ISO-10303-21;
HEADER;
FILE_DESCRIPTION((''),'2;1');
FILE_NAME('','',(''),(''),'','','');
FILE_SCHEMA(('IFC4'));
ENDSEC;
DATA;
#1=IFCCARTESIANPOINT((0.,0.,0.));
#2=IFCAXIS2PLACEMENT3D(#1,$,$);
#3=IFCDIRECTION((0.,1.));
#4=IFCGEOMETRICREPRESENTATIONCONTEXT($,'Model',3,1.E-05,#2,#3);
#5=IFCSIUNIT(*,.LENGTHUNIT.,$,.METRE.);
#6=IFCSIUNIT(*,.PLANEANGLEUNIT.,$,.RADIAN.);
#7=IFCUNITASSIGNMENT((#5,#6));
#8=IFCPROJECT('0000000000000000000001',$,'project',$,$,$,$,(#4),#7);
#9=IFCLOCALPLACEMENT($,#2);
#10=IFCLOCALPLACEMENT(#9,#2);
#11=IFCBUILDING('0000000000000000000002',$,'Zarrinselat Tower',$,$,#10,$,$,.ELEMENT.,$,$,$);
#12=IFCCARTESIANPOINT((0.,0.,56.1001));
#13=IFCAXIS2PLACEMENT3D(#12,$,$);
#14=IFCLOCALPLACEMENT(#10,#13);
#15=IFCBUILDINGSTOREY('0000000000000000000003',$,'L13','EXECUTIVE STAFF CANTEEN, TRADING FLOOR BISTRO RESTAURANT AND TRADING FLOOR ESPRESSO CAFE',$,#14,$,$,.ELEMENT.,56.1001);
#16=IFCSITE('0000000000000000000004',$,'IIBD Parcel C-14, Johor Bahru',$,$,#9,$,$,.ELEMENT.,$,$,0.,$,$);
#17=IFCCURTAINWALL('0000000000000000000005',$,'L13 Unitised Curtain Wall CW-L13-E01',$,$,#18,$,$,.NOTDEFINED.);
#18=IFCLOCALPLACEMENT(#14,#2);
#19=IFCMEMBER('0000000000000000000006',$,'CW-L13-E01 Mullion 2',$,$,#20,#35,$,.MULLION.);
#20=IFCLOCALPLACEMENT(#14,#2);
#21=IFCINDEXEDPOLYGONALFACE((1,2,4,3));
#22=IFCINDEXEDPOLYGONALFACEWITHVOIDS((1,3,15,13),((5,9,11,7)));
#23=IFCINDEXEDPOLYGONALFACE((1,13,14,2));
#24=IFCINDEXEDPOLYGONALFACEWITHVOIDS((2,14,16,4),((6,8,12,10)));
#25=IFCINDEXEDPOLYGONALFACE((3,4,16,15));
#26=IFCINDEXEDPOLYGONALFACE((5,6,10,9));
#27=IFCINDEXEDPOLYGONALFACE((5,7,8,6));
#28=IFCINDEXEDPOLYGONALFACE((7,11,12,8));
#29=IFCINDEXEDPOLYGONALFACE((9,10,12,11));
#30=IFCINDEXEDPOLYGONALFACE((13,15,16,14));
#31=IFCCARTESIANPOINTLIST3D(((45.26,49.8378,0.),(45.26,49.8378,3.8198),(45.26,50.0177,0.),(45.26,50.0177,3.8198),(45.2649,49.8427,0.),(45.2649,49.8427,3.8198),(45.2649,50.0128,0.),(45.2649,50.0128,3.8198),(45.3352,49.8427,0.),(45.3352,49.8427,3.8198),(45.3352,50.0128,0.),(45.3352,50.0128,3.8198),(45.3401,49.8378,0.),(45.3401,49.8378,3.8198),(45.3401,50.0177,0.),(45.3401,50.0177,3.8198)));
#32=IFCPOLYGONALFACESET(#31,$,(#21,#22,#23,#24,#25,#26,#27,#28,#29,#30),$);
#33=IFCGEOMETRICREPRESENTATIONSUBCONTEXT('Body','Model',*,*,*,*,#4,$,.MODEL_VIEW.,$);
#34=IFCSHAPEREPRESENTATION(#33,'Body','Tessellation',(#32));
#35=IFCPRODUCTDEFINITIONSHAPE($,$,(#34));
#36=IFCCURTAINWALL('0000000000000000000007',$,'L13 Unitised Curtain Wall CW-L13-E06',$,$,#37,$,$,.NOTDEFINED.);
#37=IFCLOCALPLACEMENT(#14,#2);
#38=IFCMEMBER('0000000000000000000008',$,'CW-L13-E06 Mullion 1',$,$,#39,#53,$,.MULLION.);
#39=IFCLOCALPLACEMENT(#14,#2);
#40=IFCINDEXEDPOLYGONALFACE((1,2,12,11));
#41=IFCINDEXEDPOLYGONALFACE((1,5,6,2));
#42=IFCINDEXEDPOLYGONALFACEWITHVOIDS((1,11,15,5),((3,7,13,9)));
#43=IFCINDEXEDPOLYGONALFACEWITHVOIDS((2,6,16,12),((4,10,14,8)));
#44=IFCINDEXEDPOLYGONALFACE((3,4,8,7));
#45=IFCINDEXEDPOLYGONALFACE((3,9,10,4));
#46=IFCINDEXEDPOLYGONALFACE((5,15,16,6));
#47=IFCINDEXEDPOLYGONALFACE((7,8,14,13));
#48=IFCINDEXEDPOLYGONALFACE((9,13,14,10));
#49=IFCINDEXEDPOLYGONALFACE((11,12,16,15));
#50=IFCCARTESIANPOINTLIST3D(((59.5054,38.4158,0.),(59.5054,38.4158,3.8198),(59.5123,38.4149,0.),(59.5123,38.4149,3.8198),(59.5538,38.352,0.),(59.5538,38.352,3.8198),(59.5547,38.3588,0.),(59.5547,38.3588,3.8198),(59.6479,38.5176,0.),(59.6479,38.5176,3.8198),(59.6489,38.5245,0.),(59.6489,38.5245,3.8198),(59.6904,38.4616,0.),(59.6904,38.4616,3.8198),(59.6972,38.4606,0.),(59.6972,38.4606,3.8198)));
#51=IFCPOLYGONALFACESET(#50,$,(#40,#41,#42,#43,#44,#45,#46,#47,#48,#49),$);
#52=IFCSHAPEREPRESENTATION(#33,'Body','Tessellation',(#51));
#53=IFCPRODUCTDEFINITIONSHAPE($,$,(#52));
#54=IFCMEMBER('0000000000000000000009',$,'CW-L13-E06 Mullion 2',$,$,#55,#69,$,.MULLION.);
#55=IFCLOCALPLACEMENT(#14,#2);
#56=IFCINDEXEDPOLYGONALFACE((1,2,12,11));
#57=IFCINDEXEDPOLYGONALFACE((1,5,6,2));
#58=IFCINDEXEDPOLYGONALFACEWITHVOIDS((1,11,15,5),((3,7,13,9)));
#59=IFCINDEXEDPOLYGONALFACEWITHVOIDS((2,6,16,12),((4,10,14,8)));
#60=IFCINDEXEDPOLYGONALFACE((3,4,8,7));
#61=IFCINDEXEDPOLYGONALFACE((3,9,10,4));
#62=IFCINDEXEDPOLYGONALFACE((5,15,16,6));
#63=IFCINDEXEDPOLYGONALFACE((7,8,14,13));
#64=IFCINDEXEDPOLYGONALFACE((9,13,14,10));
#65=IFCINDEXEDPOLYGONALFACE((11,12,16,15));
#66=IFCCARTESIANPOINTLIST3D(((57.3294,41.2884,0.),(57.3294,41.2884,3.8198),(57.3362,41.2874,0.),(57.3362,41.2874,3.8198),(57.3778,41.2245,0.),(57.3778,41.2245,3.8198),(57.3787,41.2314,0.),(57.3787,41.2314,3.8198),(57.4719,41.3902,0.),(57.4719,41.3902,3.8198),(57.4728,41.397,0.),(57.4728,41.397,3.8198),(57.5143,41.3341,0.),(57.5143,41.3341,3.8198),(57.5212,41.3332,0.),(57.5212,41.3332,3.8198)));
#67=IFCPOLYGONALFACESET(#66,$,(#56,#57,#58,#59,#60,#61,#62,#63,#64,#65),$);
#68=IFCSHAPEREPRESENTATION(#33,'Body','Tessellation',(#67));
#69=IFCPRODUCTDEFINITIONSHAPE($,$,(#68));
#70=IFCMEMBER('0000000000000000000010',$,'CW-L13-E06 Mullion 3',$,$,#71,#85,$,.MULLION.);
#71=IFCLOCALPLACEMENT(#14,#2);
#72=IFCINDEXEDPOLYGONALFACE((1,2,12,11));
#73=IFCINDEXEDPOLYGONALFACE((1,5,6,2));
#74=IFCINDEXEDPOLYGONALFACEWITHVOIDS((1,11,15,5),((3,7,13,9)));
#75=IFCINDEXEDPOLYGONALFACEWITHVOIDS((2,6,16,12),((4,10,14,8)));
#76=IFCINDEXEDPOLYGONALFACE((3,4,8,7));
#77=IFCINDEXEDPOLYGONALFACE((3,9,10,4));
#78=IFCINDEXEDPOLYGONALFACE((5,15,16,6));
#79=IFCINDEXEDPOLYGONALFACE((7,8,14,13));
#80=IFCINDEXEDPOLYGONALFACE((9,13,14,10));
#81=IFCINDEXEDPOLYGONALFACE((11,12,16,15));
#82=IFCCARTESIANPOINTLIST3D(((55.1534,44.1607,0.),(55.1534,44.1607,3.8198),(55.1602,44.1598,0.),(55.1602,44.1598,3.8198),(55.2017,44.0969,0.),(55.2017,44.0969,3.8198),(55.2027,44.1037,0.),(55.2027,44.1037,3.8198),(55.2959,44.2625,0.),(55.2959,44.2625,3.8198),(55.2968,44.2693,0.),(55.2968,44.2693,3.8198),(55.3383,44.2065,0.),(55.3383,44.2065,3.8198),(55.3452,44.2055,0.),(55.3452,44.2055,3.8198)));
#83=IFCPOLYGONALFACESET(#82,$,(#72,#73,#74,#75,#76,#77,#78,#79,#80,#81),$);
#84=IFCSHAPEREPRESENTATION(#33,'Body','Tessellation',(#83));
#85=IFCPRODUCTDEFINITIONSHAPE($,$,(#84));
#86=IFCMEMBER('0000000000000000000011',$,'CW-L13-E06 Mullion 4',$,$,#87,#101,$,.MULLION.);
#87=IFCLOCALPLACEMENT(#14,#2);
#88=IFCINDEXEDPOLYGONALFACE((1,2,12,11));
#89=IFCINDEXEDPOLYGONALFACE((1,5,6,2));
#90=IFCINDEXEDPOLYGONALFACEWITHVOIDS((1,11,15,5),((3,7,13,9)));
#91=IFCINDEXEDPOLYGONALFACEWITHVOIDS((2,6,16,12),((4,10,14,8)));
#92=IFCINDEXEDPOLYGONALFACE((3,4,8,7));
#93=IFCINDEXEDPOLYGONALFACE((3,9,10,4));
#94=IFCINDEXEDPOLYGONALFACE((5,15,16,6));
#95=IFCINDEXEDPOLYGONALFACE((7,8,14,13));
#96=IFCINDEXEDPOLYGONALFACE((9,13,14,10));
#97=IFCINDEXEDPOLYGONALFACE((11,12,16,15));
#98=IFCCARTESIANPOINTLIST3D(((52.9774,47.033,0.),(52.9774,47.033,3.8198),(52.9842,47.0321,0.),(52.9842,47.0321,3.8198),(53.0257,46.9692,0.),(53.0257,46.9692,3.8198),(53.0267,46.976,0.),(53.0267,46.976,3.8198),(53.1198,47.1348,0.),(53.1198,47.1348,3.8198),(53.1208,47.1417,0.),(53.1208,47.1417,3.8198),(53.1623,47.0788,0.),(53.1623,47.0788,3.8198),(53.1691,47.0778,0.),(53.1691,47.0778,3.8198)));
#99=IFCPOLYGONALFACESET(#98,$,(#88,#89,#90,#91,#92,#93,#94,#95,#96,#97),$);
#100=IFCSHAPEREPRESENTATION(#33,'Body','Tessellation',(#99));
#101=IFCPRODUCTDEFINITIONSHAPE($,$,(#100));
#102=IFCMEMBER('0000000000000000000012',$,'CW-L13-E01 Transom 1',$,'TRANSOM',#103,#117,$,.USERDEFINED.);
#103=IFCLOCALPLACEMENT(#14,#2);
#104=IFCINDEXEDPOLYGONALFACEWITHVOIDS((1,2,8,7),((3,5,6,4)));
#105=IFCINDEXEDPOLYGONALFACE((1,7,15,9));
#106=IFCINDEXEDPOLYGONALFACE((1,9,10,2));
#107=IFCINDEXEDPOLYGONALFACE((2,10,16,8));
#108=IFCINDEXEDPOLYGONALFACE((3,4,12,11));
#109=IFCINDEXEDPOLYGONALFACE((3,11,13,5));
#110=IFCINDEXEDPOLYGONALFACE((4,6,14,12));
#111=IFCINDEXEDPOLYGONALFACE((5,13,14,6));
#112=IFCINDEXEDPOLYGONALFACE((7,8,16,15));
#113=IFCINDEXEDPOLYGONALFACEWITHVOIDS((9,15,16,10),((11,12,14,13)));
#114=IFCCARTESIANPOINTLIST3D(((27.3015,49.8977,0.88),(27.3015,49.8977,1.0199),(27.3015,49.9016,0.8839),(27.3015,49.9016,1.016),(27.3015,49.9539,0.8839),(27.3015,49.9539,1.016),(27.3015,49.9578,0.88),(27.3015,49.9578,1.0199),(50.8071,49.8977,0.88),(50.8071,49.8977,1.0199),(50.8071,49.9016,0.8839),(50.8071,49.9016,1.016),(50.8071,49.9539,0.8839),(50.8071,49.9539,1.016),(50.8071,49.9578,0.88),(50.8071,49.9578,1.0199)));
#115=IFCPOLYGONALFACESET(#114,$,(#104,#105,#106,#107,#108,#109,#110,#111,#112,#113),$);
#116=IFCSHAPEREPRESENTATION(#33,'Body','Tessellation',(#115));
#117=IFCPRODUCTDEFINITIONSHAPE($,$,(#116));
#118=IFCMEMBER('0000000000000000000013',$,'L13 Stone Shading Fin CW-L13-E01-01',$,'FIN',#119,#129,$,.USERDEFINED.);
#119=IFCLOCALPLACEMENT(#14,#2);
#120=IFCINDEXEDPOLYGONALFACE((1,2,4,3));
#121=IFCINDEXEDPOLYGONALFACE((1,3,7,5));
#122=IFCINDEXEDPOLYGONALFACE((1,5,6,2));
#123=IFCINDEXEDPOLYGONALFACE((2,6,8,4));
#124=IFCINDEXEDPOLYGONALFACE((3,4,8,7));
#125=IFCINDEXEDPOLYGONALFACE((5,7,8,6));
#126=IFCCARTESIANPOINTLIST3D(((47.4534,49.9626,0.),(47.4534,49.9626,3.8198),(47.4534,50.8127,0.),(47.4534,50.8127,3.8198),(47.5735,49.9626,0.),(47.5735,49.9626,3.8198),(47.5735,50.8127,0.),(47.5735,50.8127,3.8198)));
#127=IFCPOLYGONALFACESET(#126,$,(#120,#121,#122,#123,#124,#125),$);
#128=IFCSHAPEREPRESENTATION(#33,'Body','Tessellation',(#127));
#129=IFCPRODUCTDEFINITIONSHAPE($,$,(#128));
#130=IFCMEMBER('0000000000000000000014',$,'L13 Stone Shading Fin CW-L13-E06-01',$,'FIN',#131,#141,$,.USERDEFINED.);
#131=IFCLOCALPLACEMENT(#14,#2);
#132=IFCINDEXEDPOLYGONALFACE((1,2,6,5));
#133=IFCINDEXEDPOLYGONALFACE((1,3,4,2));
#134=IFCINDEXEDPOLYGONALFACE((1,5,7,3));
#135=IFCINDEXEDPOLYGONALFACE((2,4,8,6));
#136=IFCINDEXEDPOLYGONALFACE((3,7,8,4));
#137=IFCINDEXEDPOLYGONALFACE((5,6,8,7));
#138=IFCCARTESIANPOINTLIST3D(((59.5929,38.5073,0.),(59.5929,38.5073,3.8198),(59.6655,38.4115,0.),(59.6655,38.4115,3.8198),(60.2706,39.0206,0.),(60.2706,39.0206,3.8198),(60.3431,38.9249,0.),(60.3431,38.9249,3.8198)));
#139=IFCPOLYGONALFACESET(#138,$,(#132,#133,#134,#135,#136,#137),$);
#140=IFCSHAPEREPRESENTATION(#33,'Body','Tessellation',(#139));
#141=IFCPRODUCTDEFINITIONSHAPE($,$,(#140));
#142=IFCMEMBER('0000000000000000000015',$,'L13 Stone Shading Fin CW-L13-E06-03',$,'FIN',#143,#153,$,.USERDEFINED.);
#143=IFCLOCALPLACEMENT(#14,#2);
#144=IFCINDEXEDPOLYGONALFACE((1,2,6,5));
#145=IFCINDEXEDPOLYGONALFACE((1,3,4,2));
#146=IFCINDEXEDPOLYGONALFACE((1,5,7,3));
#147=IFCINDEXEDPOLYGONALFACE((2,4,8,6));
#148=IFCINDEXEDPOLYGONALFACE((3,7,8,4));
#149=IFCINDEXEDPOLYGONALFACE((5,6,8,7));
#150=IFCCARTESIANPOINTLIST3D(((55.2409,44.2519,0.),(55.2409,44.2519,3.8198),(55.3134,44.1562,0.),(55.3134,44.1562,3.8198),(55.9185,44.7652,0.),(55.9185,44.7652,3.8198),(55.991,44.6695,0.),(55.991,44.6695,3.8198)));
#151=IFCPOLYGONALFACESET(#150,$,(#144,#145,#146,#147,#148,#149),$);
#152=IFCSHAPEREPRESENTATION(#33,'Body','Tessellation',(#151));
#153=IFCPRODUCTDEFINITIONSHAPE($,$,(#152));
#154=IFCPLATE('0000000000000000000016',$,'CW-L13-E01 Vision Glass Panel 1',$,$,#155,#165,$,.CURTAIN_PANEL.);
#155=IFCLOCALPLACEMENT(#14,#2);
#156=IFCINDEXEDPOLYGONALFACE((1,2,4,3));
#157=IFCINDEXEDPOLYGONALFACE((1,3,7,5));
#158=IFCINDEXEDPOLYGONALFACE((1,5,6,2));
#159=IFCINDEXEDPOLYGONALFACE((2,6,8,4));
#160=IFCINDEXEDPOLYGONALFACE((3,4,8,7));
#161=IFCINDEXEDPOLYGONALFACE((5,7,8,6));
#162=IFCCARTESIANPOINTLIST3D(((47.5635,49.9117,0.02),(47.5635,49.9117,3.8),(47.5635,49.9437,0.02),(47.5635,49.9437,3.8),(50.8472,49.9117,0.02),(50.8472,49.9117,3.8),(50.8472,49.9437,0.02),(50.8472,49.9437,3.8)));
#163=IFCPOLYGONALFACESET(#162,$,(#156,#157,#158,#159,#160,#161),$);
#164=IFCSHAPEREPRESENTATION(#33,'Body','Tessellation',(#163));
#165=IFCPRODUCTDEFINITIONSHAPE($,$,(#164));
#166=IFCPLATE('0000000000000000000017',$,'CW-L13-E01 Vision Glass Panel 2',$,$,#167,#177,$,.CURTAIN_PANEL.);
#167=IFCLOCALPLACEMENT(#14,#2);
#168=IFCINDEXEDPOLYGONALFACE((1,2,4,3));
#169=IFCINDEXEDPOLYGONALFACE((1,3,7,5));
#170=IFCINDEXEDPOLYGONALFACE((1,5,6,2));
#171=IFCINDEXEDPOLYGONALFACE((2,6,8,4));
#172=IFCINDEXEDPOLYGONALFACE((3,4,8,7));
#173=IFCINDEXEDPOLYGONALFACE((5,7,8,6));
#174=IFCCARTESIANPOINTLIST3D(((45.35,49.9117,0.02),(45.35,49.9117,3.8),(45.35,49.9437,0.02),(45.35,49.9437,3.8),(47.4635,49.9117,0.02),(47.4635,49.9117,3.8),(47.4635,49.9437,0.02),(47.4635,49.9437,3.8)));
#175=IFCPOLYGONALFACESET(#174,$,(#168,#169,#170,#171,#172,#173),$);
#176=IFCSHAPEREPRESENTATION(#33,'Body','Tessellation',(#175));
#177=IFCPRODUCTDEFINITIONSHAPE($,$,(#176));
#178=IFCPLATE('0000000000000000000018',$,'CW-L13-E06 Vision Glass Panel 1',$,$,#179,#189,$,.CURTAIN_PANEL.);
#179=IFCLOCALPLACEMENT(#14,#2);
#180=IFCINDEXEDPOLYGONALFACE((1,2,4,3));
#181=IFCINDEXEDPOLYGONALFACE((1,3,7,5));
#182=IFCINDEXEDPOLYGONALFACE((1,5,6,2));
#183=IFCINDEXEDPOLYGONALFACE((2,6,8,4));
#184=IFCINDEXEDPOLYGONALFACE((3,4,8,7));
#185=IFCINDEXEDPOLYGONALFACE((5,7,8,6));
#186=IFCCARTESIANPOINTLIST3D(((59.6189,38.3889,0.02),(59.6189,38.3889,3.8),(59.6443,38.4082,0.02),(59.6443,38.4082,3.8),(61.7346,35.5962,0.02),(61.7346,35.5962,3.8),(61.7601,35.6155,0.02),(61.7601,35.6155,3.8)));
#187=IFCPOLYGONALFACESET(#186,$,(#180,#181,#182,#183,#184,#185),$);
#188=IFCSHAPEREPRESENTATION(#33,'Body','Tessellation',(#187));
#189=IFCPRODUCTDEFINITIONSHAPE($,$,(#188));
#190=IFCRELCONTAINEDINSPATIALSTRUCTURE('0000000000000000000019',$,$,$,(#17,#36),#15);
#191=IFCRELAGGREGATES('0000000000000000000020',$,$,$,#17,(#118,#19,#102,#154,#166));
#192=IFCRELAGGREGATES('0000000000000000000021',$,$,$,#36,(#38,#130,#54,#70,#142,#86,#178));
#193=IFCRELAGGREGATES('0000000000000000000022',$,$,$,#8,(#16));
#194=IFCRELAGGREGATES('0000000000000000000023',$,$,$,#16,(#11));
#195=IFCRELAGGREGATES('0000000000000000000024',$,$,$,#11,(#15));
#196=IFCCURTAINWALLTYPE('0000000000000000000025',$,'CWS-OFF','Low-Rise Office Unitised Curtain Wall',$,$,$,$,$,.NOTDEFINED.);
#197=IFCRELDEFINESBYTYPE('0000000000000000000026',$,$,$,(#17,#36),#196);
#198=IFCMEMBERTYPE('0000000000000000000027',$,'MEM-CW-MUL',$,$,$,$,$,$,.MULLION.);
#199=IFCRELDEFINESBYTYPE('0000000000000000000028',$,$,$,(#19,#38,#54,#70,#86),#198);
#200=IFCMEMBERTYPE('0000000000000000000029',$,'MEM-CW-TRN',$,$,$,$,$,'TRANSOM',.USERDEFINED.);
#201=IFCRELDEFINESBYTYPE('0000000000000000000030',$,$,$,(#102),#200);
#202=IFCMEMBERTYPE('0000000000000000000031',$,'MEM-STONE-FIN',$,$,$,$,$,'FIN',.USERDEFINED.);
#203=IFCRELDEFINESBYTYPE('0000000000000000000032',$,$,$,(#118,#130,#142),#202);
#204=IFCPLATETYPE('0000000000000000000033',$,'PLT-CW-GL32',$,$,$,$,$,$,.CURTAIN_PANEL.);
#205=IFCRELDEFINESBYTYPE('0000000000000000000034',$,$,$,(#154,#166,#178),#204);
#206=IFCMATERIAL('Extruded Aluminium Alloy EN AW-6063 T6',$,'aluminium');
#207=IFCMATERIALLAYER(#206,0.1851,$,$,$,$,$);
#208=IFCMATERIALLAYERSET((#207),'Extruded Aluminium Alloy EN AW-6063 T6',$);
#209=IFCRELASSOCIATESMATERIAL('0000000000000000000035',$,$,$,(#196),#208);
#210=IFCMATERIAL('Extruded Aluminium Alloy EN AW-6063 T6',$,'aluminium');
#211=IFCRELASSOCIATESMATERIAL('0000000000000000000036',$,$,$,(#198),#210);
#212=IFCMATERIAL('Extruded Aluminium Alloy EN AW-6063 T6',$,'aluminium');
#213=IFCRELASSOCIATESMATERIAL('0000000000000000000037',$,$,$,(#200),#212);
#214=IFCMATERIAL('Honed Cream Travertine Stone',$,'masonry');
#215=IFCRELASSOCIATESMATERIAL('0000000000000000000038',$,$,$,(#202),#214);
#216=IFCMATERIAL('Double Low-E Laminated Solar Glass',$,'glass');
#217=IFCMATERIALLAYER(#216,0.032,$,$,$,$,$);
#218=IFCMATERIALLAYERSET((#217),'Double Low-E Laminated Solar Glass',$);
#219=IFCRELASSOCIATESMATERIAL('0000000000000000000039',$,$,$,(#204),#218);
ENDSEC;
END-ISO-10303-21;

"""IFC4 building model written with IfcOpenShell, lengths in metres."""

from ifc_helpers import new_model, si_unit, direction, frame, origin, origin_2d, place, context, subcontext, project, spatial, rectangle, hollow_rectangle, extrude, material, layer, layer_set, material_profile, profile_set, type_object, element, aggregate, save


model = new_model("IFC4")

# Units and contexts
model_context = context("Model", 3, precision=1e-05, world=origin(), true_north=direction((0.0, 1.0)))
body_context = subcontext(model_context, "Body", "Model", "MODEL_VIEW")
ifc_project = project(units=[si_unit("LENGTHUNIT", "METRE"), si_unit("PLANEANGLEUNIT", "RADIAN")], contexts=[model_context])

# Site, building, storey
site_placement = place(None, origin())
site = spatial("IfcSite", under=ifc_project, at=site_placement, Name="IIBD Parcel C-14, Johor Bahru", CompositionType="ELEMENT", RefElevation=0.0)
building_placement = place(site_placement, origin())
building = spatial("IfcBuilding", under=site, at=building_placement, Name="Zarrinselat Tower", CompositionType="ELEMENT")
storey_placement = place(building_placement, frame((0.0, 0.0, 56.1001)))
storey = spatial("IfcBuildingStorey", under=building, at=storey_placement, Name="L13", Description="EXECUTIVE STAFF CANTEEN, TRADING FLOOR BISTRO RESTAURANT AND TRADING FLOOR ESPRESSO CAFE", CompositionType="ELEMENT", Elevation=56.1001)

# Curtain walls, members
ifc_material_1 = material(Name="Extruded Aluminium Alloy EN AW-6063 T6", Category="aluminium")
ifc_layer_1 = layer(ifc_material_1, 0.1851)
ifc_layer_set_1 = layer_set([ifc_layer_1], Name="Extruded Aluminium Alloy EN AW-6063 T6")
curtain_wall_type = type_object("IfcCurtainWallType", Name="CWS-OFF", Description="Low-Rise Office Unitised Curtain Wall", PredefinedType="NOTDEFINED", material=ifc_layer_set_1)
curtain_wall_1_placement = place(storey_placement, origin())
curtain_wall_1 = element("IfcCurtainWall", 1, at=curtain_wall_1_placement, inside=storey, type_object=curtain_wall_type, Name="L13 Unitised Curtain Wall CW-L13-E01", PredefinedType="NOTDEFINED")
ifc_material_2 = material(Name="Extruded Aluminium Alloy EN AW-6063 T6", Category="aluminium")
ifc_material_profile_1 = material_profile(ifc_material_2, hollow_rectangle(XDim=0.0801, YDim=0.1799, WallThickness=0.0049, at=origin_2d()), Name="RHS 180x80x5")
ifc_profile_set_1 = profile_set([ifc_material_profile_1], Name="Extruded Aluminium Alloy EN AW-6063 T6")
member_type_1 = type_object("IfcMemberType", Name="MEM-CW-MUL", PredefinedType="MULLION", material=ifc_profile_set_1)
member_1_placement = place(storey_placement, frame((45.3, 49.9277, 0.0), z_axis=(0.0, 0.0, 1.0), x_axis=(-1.0, 0.0, 0.0)))
member_1 = element("IfcMember", 2, at=member_1_placement, type_object=member_type_1, Name="CW-L13-E01 Mullion 2", PredefinedType="MULLION", context=body_context, shape_type="SweptSolid", body=[
    extrude(hollow_rectangle(XDim=0.0801, YDim=0.1799, WallThickness=0.0049, at=origin_2d()), origin(), (0.0, 0.0, 1.0), 3.8198),
])
curtain_wall_2_placement = place(storey_placement, origin())
curtain_wall_2 = element("IfcCurtainWall", 3, at=curtain_wall_2_placement, inside=storey, type_object=curtain_wall_type, Name="L13 Unitised Curtain Wall CW-L13-E06", PredefinedType="NOTDEFINED")
member_2_placement = place(storey_placement, frame((59.6013, 38.4382, 0.0), z_axis=(0.0, 0.0, 1.0), x_axis=(-0.603857, 0.797093, 0.0)))
member_2 = element("IfcMember", 4, at=member_2_placement, type_object=member_type_1, Name="CW-L13-E06 Mullion 1", PredefinedType="MULLION", context=body_context, shape_type="SweptSolid", body=[
    extrude(hollow_rectangle(XDim=0.0801, YDim=0.1799, WallThickness=0.0049, at=origin_2d()), origin(), (0.0, 0.0, 1.0), 3.8198),
])
member_3_placement = place(storey_placement, frame((57.4253, 41.3108, 0.0), z_axis=(0.0, 0.0, 1.0), x_axis=(-0.603857, 0.797093, 0.0)))
member_3 = element("IfcMember", 5, at=member_3_placement, type_object=member_type_1, Name="CW-L13-E06 Mullion 2", PredefinedType="MULLION", context=body_context, shape_type="SweptSolid", body=[
    extrude(hollow_rectangle(XDim=0.0801, YDim=0.1799, WallThickness=0.0049, at=origin_2d()), origin(), (0.0, 0.0, 1.0), 3.8198),
])
member_4_placement = place(storey_placement, frame((55.2493, 44.1831, 0.0), z_axis=(0.0, 0.0, 1.0), x_axis=(-0.603857, 0.797093, 0.0)))
member_4 = element("IfcMember", 6, at=member_4_placement, type_object=member_type_1, Name="CW-L13-E06 Mullion 3", PredefinedType="MULLION", context=body_context, shape_type="SweptSolid", body=[
    extrude(hollow_rectangle(XDim=0.0801, YDim=0.1799, WallThickness=0.0049, at=origin_2d()), origin(), (0.0, 0.0, 1.0), 3.8198),
])
member_5_placement = place(storey_placement, frame((53.0732, 47.0554, 0.0), z_axis=(0.0, 0.0, 1.0), x_axis=(-0.603857, 0.797093, 0.0)))
member_5 = element("IfcMember", 7, at=member_5_placement, type_object=member_type_1, Name="CW-L13-E06 Mullion 4", PredefinedType="MULLION", context=body_context, shape_type="SweptSolid", body=[
    extrude(hollow_rectangle(XDim=0.0801, YDim=0.1799, WallThickness=0.0049, at=origin_2d()), origin(), (0.0, 0.0, 1.0), 3.8198),
])

# Members
ifc_material_3 = material(Name="Extruded Aluminium Alloy EN AW-6063 T6", Category="aluminium")
ifc_material_profile_2 = material_profile(ifc_material_3, hollow_rectangle(XDim=0.0601, YDim=0.1399, WallThickness=0.0039, at=origin_2d()), Name="RHS 140x60x4")
ifc_profile_set_2 = profile_set([ifc_material_profile_2], Name="Extruded Aluminium Alloy EN AW-6063 T6")
member_type_2 = type_object("IfcMemberType", Name="MEM-CW-TRN", ElementType="TRANSOM", PredefinedType="USERDEFINED", material=ifc_profile_set_2)
member_6_placement = place(storey_placement, frame((50.8071, 49.9277, 0.95), z_axis=(-1.0, 0.0, 0.0), x_axis=(0.0, -1.0, 0.0)))
member_6 = element("IfcMember", 8, at=member_6_placement, type_object=member_type_2, Name="CW-L13-E01 Transom 1", ObjectType="TRANSOM", PredefinedType="USERDEFINED", context=body_context, shape_type="SweptSolid", body=[
    extrude(hollow_rectangle(XDim=0.0601, YDim=0.1399, WallThickness=0.0039, at=origin_2d()), origin(), (0.0, 0.0, 1.0), 23.5056),
])
ifc_material_4 = material(Name="Honed Cream Travertine Stone", Category="masonry")
ifc_material_profile_3 = material_profile(ifc_material_4, rectangle(XDim=0.1201, YDim=0.8501, at=origin_2d()), Name="FIN 850x120")
ifc_profile_set_3 = profile_set([ifc_material_profile_3], Name="Honed Cream Travertine Stone")
member_type_3 = type_object("IfcMemberType", Name="MEM-STONE-FIN", ElementType="FIN", PredefinedType="USERDEFINED", material=ifc_profile_set_3)
member_7_placement = place(storey_placement, frame((47.5134, 50.3877, 0.0), z_axis=(0.0, 0.0, 1.0), x_axis=(1.0, 0.0, 0.0)))
member_7 = element("IfcMember", 9, at=member_7_placement, type_object=member_type_3, Name="L13 Stone Shading Fin CW-L13-E01-01", ObjectType="FIN", PredefinedType="USERDEFINED", context=body_context, shape_type="SweptSolid", body=[
    extrude(rectangle(XDim=0.1201, YDim=0.8501, at=origin_2d()), origin(), (0.0, 0.0, 1.0), 3.8198),
])
member_8_placement = place(storey_placement, frame((59.968, 38.7161, 0.0), z_axis=(0.0, 0.0, 1.0), x_axis=(0.603857, -0.797093, 0.0)))
member_8 = element("IfcMember", 10, at=member_8_placement, type_object=member_type_3, Name="L13 Stone Shading Fin CW-L13-E06-01", ObjectType="FIN", PredefinedType="USERDEFINED", context=body_context, shape_type="SweptSolid", body=[
    extrude(rectangle(XDim=0.1201, YDim=0.8501, at=origin_2d()), origin(), (0.0, 0.0, 1.0), 3.8198),
])
member_9_placement = place(storey_placement, frame((55.616, 44.4607, 0.0), z_axis=(0.0, 0.0, 1.0), x_axis=(0.603857, -0.797093, 0.0)))
member_9 = element("IfcMember", 11, at=member_9_placement, type_object=member_type_3, Name="L13 Stone Shading Fin CW-L13-E06-03", ObjectType="FIN", PredefinedType="USERDEFINED", context=body_context, shape_type="SweptSolid", body=[
    extrude(rectangle(XDim=0.1201, YDim=0.8501, at=origin_2d()), origin(), (0.0, 0.0, 1.0), 3.8198),
])

# Plates
ifc_material_5 = material(Name="Double Low-E Laminated Solar Glass", Category="glass")
ifc_layer_2 = layer(ifc_material_5, 0.032)
ifc_layer_set_2 = layer_set([ifc_layer_2], Name="Double Low-E Laminated Solar Glass")
plate_type = type_object("IfcPlateType", Name="PLT-CW-GL32", PredefinedType="CURTAIN_PANEL", material=ifc_layer_set_2)
plate_1_placement = place(storey_placement, frame((49.2053, 49.9277, 0.02), z_axis=(0.0, 0.0, 1.0), x_axis=(-1.0, 0.0, 0.0)))
plate_1 = element("IfcPlate", 12, at=plate_1_placement, type_object=plate_type, Name="CW-L13-E01 Vision Glass Panel 1", PredefinedType="CURTAIN_PANEL", context=body_context, shape_type="SweptSolid", body=[
    extrude(rectangle(XDim=3.2837, YDim=0.032, at=origin_2d()), origin(), (0.0, 0.0, 1.0), 3.78),
])
plate_2_placement = place(storey_placement, frame((46.4067, 49.9277, 0.02), z_axis=(0.0, 0.0, 1.0), x_axis=(-1.0, 0.0, 0.0)))
plate_2 = element("IfcPlate", 13, at=plate_2_placement, type_object=plate_type, Name="CW-L13-E01 Vision Glass Panel 2", PredefinedType="CURTAIN_PANEL", context=body_context, shape_type="SweptSolid", body=[
    extrude(rectangle(XDim=2.1135, YDim=0.032, at=origin_2d()), origin(), (0.0, 0.0, 1.0), 3.78),
])
aggregate(curtain_wall_1, [member_7, member_1, member_6, plate_1, plate_2])
plate_3_placement = place(storey_placement, frame((60.6895, 37.0022, 0.02), z_axis=(0.0, 0.0, 1.0), x_axis=(-0.603857, 0.797093, 0.0)))
plate_3 = element("IfcPlate", 14, at=plate_3_placement, type_object=plate_type, Name="CW-L13-E06 Vision Glass Panel 1", PredefinedType="CURTAIN_PANEL", context=body_context, shape_type="SweptSolid", body=[
    extrude(rectangle(XDim=3.5037, YDim=0.032, at=origin_2d()), origin(), (0.0, 0.0, 1.0), 3.78),
])
aggregate(curtain_wall_2, [member_2, member_8, member_3, member_4, member_9, member_5, plate_3])

save(model, "model.ifc")
